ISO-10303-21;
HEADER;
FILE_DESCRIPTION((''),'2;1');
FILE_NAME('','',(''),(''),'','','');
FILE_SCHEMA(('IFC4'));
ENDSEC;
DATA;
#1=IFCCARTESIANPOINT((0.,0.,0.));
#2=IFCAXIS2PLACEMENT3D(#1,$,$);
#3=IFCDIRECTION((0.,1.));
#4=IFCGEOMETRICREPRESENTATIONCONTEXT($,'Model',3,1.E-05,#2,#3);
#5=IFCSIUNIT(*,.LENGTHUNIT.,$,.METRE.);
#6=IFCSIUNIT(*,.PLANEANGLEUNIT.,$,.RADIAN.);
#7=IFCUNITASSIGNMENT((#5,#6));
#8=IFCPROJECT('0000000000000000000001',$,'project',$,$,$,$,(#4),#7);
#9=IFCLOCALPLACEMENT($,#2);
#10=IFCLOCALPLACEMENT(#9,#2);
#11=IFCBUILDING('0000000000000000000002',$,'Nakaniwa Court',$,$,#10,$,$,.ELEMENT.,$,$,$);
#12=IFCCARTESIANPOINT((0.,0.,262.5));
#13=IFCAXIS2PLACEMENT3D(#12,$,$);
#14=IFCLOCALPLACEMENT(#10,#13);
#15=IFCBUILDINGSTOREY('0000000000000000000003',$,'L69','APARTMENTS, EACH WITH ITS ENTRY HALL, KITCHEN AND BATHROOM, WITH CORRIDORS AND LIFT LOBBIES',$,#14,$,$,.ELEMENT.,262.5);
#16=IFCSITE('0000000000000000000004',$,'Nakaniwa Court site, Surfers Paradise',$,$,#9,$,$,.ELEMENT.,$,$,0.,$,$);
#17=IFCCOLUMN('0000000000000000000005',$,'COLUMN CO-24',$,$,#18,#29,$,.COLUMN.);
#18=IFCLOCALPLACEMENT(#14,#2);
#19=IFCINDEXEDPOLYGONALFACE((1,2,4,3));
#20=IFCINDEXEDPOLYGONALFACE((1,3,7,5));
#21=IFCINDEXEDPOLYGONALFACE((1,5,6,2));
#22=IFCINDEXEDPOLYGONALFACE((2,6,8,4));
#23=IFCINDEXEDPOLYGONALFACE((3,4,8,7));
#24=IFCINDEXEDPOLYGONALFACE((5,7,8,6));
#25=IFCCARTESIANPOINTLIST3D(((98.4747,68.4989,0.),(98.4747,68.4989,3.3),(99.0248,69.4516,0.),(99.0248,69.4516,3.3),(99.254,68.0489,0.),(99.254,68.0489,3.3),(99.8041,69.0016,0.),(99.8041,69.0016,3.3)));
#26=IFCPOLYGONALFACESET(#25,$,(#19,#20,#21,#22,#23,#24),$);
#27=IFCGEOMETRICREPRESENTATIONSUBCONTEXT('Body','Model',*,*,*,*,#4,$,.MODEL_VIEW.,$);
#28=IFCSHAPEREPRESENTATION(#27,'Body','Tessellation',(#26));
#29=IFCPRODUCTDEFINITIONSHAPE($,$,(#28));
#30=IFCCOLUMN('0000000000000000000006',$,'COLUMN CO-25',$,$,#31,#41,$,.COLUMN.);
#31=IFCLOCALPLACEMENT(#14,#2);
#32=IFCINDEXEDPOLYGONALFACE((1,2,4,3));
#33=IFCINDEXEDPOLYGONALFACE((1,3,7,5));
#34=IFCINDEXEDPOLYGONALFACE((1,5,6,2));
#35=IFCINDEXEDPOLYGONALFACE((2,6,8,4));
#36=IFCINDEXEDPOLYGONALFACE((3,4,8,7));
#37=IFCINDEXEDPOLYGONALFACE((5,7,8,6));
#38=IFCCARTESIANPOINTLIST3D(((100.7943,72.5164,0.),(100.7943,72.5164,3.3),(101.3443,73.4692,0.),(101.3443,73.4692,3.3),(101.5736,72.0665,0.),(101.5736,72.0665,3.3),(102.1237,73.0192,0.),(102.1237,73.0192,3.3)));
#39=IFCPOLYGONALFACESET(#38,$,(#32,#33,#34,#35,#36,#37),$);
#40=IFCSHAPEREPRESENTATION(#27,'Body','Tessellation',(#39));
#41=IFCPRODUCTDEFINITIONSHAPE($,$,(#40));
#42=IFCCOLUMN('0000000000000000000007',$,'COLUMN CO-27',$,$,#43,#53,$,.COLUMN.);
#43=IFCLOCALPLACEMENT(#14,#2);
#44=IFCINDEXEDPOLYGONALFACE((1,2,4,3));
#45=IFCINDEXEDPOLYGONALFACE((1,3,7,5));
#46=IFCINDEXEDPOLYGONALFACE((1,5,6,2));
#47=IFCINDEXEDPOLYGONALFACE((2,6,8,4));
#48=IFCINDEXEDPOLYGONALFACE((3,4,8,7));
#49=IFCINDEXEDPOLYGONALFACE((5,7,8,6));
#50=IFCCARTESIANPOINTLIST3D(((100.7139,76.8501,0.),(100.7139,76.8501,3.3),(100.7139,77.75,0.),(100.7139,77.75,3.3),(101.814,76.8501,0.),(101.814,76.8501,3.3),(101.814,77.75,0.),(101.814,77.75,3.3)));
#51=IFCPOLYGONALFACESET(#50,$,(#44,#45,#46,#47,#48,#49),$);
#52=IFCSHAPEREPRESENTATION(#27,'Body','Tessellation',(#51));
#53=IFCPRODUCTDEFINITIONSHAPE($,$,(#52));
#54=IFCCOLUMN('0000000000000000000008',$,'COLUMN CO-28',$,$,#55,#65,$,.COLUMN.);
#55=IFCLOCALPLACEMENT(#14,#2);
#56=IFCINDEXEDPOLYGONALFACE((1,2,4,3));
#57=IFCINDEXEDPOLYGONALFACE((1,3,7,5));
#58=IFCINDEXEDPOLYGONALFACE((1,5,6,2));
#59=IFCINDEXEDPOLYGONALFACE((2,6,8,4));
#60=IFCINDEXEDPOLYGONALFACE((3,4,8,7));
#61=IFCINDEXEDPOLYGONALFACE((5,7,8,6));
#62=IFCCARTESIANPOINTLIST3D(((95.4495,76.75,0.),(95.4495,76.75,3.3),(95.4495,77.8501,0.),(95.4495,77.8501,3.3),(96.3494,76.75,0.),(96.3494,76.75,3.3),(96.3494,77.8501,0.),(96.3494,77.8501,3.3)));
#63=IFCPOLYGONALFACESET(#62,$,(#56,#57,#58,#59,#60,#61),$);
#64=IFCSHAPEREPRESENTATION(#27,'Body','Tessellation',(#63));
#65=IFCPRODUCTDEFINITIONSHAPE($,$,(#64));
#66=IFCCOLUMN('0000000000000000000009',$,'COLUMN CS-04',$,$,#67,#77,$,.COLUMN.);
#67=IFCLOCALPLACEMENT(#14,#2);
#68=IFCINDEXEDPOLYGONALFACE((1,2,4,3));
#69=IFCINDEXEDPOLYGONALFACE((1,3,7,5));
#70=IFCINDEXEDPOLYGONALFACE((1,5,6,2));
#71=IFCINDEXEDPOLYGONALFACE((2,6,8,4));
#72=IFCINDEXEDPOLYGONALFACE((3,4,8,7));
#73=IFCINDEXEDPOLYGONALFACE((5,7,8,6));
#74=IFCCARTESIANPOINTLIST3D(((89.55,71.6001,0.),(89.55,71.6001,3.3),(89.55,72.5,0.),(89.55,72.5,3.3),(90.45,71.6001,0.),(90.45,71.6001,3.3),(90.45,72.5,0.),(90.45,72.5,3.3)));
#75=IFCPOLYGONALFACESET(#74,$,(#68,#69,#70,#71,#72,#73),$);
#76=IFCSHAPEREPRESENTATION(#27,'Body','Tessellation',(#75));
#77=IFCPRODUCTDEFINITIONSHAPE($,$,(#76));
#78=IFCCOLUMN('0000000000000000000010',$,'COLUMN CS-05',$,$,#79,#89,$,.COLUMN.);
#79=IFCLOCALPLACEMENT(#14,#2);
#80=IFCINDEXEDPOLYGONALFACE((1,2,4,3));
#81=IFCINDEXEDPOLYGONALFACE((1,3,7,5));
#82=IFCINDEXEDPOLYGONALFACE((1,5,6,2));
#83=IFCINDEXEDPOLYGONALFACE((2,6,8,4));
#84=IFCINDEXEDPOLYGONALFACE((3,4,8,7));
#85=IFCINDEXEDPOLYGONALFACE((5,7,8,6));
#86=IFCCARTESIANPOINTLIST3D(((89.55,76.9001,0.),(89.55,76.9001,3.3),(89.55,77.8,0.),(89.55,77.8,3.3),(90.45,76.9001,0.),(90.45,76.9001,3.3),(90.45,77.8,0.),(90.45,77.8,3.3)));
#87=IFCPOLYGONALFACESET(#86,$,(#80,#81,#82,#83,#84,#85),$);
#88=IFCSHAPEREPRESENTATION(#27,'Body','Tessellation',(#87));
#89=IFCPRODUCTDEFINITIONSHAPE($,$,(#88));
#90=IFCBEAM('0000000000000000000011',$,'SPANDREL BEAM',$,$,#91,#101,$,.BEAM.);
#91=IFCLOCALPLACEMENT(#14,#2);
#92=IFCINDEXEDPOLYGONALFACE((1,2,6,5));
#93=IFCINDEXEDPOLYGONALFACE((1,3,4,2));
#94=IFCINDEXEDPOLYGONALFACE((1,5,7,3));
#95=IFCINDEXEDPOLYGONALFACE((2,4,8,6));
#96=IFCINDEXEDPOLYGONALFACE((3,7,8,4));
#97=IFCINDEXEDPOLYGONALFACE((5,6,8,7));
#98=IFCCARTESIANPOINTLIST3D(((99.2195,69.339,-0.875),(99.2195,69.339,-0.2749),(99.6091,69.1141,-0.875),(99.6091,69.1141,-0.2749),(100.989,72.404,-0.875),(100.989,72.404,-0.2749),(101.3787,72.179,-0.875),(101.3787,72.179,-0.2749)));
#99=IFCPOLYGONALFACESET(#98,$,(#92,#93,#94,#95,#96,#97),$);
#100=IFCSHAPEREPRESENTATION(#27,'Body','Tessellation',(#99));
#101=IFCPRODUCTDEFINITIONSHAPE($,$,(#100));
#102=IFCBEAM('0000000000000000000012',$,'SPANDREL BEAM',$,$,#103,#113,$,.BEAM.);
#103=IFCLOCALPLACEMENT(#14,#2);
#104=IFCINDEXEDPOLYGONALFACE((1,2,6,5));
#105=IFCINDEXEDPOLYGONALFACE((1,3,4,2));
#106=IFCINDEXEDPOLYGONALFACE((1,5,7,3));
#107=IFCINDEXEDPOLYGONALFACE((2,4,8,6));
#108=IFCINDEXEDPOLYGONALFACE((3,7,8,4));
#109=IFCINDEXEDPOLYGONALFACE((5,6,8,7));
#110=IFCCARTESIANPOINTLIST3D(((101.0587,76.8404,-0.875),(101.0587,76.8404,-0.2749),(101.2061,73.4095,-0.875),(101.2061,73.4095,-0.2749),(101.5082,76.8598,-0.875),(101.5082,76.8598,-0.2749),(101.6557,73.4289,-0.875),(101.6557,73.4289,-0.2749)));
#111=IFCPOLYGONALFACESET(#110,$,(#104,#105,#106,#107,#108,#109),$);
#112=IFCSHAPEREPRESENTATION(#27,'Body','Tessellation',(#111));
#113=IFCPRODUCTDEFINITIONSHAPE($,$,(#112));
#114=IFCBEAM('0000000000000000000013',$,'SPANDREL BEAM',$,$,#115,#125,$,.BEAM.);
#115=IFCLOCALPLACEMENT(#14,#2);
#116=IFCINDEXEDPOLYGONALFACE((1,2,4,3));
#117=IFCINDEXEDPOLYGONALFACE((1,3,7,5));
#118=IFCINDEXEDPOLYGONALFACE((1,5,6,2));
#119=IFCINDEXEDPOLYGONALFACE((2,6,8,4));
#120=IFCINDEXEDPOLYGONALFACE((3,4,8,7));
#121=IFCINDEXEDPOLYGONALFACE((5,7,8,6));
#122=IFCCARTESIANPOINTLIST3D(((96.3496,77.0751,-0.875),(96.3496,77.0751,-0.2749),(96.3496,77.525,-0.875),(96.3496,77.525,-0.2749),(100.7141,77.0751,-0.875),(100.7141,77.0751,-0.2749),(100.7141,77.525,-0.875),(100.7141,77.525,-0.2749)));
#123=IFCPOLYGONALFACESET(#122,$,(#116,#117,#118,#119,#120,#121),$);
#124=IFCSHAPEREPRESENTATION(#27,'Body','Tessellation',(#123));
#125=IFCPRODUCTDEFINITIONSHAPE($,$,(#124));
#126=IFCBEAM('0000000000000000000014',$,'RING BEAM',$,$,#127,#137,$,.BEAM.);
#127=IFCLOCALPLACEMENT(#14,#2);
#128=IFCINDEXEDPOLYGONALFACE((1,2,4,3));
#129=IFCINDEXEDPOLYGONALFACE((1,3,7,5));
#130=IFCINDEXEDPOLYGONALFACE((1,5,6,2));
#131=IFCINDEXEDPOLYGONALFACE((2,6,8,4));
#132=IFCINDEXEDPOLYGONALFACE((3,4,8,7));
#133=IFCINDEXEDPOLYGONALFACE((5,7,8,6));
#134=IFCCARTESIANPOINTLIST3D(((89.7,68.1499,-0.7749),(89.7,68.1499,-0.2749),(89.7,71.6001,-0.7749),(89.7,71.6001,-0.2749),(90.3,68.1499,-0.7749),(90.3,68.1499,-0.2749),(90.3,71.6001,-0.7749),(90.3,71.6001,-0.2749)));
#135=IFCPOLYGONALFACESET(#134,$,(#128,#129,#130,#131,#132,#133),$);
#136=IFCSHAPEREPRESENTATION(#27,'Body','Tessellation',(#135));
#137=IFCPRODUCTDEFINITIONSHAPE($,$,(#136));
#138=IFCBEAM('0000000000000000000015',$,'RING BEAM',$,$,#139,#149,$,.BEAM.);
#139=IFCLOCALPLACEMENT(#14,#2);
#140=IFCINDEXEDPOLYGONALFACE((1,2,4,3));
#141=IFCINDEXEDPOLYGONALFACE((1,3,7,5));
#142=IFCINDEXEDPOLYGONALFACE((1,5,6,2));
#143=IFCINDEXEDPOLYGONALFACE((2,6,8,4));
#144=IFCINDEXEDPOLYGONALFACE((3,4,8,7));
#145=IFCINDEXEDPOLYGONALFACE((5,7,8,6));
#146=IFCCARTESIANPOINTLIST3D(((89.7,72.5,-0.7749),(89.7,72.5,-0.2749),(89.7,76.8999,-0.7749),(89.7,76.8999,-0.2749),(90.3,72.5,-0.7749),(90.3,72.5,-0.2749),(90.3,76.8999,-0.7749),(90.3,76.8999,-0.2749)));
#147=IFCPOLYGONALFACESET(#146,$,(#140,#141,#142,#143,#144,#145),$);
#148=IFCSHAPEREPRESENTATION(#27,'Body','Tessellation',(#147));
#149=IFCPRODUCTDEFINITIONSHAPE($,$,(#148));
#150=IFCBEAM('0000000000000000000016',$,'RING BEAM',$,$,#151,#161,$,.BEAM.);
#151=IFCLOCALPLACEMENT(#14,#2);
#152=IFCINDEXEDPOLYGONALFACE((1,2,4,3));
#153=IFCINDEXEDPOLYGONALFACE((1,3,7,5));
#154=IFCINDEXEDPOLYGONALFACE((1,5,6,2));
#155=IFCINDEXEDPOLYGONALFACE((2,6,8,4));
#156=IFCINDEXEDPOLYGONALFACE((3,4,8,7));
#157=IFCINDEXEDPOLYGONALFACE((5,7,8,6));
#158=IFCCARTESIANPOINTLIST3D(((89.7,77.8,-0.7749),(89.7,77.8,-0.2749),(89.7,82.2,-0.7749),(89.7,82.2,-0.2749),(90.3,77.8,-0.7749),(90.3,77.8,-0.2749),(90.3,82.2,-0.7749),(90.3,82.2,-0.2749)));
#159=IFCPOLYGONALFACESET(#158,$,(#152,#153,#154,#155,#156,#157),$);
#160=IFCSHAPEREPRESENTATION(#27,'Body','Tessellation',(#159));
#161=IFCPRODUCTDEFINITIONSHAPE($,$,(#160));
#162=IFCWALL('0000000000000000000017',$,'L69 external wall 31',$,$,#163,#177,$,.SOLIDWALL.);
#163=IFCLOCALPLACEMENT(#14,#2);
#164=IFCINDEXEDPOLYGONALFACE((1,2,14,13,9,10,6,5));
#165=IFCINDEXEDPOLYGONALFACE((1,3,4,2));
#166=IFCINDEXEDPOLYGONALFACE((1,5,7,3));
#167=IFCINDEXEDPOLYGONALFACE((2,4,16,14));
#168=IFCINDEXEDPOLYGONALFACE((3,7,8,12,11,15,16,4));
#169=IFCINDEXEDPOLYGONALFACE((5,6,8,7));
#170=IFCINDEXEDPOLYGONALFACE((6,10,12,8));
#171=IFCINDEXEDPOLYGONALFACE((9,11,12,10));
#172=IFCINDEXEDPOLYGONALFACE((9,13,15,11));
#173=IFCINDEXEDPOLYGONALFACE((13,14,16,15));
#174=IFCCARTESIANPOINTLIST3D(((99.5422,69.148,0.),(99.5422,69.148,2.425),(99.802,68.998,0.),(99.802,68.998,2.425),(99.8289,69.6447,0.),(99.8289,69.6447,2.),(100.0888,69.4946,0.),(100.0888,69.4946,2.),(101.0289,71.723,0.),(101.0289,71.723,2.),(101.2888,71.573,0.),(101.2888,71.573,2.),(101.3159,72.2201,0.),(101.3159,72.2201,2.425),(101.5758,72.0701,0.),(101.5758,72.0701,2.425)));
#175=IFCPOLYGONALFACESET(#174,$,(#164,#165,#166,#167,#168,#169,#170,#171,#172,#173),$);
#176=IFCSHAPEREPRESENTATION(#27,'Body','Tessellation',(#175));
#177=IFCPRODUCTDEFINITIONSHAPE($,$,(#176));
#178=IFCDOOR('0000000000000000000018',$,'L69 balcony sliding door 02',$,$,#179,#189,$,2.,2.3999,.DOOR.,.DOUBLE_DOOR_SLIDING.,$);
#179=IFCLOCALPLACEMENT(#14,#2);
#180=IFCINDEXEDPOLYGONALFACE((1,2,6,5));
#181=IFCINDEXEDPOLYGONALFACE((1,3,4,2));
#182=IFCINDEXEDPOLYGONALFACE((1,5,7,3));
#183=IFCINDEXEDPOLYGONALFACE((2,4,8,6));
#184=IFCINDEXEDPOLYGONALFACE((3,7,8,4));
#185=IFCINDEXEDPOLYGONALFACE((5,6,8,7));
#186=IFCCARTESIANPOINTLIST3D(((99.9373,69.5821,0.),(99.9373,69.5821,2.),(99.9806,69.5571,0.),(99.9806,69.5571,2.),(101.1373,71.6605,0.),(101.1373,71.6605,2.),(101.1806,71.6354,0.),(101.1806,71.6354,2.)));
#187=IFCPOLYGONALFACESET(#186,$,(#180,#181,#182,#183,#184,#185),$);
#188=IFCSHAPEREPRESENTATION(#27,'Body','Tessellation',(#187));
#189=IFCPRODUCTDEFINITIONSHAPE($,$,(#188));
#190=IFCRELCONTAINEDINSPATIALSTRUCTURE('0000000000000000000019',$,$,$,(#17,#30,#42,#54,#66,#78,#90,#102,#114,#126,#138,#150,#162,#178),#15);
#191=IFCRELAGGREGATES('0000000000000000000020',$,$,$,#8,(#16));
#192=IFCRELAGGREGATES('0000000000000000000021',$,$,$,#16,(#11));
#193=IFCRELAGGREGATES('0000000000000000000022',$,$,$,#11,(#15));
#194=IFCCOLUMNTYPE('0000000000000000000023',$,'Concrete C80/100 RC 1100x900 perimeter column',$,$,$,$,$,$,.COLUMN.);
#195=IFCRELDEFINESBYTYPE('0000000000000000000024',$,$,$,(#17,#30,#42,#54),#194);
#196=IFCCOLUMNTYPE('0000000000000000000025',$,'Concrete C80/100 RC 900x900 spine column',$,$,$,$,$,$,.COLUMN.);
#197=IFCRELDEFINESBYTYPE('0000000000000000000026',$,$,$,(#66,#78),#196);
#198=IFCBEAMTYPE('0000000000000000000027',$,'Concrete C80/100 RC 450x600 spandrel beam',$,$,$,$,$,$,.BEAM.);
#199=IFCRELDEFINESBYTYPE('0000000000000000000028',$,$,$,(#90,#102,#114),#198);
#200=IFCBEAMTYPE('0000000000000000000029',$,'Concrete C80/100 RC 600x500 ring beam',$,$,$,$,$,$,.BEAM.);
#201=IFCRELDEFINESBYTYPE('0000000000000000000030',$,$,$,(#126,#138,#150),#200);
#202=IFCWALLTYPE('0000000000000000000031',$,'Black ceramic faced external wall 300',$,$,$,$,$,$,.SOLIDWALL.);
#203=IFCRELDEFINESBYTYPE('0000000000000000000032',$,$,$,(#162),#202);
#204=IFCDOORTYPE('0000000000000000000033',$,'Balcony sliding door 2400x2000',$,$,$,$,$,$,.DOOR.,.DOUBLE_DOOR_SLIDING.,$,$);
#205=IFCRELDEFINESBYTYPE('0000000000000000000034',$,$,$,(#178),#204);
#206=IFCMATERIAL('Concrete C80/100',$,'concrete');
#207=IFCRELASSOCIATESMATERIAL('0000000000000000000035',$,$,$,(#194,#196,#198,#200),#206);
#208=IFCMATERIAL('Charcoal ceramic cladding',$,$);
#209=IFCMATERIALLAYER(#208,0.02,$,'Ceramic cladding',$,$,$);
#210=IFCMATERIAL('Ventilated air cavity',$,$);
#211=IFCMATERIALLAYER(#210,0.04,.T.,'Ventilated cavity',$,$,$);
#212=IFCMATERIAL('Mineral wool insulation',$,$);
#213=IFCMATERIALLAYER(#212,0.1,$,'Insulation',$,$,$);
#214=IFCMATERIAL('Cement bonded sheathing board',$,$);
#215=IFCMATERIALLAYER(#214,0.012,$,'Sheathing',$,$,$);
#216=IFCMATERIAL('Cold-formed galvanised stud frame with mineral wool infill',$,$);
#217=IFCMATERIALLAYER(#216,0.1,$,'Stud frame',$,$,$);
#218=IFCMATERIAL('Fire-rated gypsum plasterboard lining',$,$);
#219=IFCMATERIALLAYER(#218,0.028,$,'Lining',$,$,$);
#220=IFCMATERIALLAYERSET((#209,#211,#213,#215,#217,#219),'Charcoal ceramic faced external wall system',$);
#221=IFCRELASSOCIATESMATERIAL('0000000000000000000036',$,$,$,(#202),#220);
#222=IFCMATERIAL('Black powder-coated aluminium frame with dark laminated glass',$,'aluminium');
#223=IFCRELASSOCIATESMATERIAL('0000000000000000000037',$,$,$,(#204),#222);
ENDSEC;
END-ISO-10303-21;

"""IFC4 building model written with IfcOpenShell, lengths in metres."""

from ifc_helpers import new_model, si_unit, direction, frame, frame_2d, origin, origin_2d, place, context, subcontext, project, spatial, rectangle, extrude, material, layer, layer_set, material_profile, profile_set, type_object, element, fill, save


model = new_model("IFC4")

# Units and contexts
model_context = context("Model", 3, precision=1e-05, world=origin(), true_north=direction((0.0, 1.0)))
body_context = subcontext(model_context, "Body", "Model", "MODEL_VIEW")
ifc_project = project(units=[si_unit("LENGTHUNIT", "METRE"), si_unit("PLANEANGLEUNIT", "RADIAN")], contexts=[model_context])

# Site, building, storey
site_placement = place(None, origin())
site = spatial("IfcSite", under=ifc_project, at=site_placement, Name="Nakaniwa Court site, Surfers Paradise", CompositionType="ELEMENT", RefElevation=0.0)
building_placement = place(site_placement, origin())
building = spatial("IfcBuilding", under=site, at=building_placement, Name="Nakaniwa Court", CompositionType="ELEMENT")
storey_placement = place(building_placement, frame((0.0, 0.0, 262.5)))
storey = spatial("IfcBuildingStorey", under=building, at=storey_placement, Name="L69", Description="APARTMENTS, EACH WITH ITS ENTRY HALL, KITCHEN AND BATHROOM, WITH CORRIDORS AND LIFT LOBBIES", CompositionType="ELEMENT", Elevation=262.5)

# Columns
ifc_material_1 = material(Name="Concrete C80/100", Category="concrete")
ifc_material_profile_1 = material_profile(ifc_material_1, rectangle(XDim=1.1001, YDim=0.8999, at=origin_2d()), Name="Concrete C80/100 RC 1100x900 perimeter column")
ifc_profile_set_1 = profile_set([ifc_material_profile_1], Name="Concrete C80/100")
column_type_1 = type_object("IfcColumnType", Name="Concrete C80/100 RC 1100x900 perimeter column", PredefinedType="COLUMN", material=ifc_profile_set_1)
for number, where, z_axis, x_axis, name in (
    (1, (99.1394, 68.7502, 0.0), (0.0, 0.0, 1.0), (0.5, 0.866025, 0.0), "COLUMN CO-24"),
    (2, (101.459, 72.7678, 0.0), (0.0, 0.0, 1.0), (0.5, 0.866025, 0.0), "COLUMN CO-25"),
    (3, (101.2639, 77.3, 0.0), (0.0, 0.0, 1.0), (-1.0, 0.0, 0.0), "COLUMN CO-27"),
    (4, (95.8994, 77.3, 0.0), (0.0, 0.0, 1.0), (0.0, 1.0, 0.0), "COLUMN CO-28"),
):
    element("IfcColumn", number, at=place(storey_placement, frame(where, z_axis=z_axis, x_axis=x_axis)), inside=storey, type_object=column_type_1, Name=name, PredefinedType="COLUMN", context=body_context, shape_type="SweptSolid", body=[
        extrude(rectangle(XDim=1.1001, YDim=0.8999, at=origin_2d()), origin(), (0.0, 0.0, 1.0), 3.3),
    ])
ifc_material_profile_2 = material_profile(ifc_material_1, rectangle(XDim=0.8999, YDim=0.8999, at=origin_2d()), Name="Concrete C80/100 RC 900x900 spine column")
ifc_profile_set_2 = profile_set([ifc_material_profile_2], Name="Concrete C80/100")
column_type_2 = type_object("IfcColumnType", Name="Concrete C80/100 RC 900x900 spine column", PredefinedType="COLUMN", material=ifc_profile_set_2)
for number, where, z_axis, x_axis, name in (
    (5, (90.0, 72.05, 0.0), (0.0, 0.0, 1.0), (0.0, 1.0, 0.0), "COLUMN CS-04"),
    (6, (90.0, 77.3501, 0.0), (0.0, 0.0, 1.0), (0.0, 1.0, 0.0), "COLUMN CS-05"),
):
    element("IfcColumn", number, at=place(storey_placement, frame(where, z_axis=z_axis, x_axis=x_axis)), inside=storey, type_object=column_type_2, Name=name, PredefinedType="COLUMN", context=body_context, shape_type="SweptSolid", body=[
        extrude(rectangle(XDim=0.8999, YDim=0.8999, at=origin_2d()), origin(), (0.0, 0.0, 1.0), 3.3),
    ])

# Beams
ifc_material_profile_3 = material_profile(ifc_material_1, rectangle(XDim=0.45, YDim=0.6001, at=origin_2d()), Name="Concrete C80/100 RC 450x600 spandrel beam")
ifc_profile_set_3 = profile_set([ifc_material_profile_3], Name="Concrete C80/100")
beam_type_1 = type_object("IfcBeamType", Name="Concrete C80/100 RC 450x600 spandrel beam", PredefinedType="BEAM", material=ifc_profile_set_3)
beam_1_placement = place(storey_placement, frame((99.4143, 69.2266, -0.575), z_axis=(0.499997, 0.866027, 0.0), x_axis=(-0.866027, 0.499997, 0.0)))
element("IfcBeam", 7, at=beam_1_placement, inside=storey, type_object=beam_type_1, Name="SPANDREL BEAM", PredefinedType="BEAM", context=body_context, shape_type="SweptSolid", body=[
    extrude(rectangle(XDim=0.45, YDim=0.6001, at=origin_2d()), origin(), (0.0, 0.0, 1.0), 3.5391),
])
beam_2_placement = place(storey_placement, frame((101.4309, 73.4192, -0.575), z_axis=(-0.042941, 0.999078, 0.0), x_axis=(-0.999078, -0.042941, 0.0)))
element("IfcBeam", 8, at=beam_2_placement, inside=storey, type_object=beam_type_1, Name="SPANDREL BEAM", PredefinedType="BEAM", context=body_context, shape_type="SweptSolid", body=[
    extrude(rectangle(XDim=0.45, YDim=0.6001, at=origin_2d()), origin(), (0.0, 0.0, 1.0), 3.4341),
])
beam_3_placement = place(storey_placement, frame((100.7141, 77.3, -0.575), z_axis=(-1.0, 0.0, 0.0), x_axis=(0.0, -1.0, 0.0)))
element("IfcBeam", 9, at=beam_3_placement, inside=storey, type_object=beam_type_1, Name="SPANDREL BEAM", PredefinedType="BEAM", context=body_context, shape_type="SweptSolid", body=[
    extrude(rectangle(XDim=0.45, YDim=0.6001, at=origin_2d()), origin(), (0.0, 0.0, 1.0), 4.3645),
])
ifc_material_profile_4 = material_profile(ifc_material_1, rectangle(XDim=0.6001, YDim=0.5, at=origin_2d()), Name="Concrete C80/100 RC 600x500 ring beam")
ifc_profile_set_4 = profile_set([ifc_material_profile_4], Name="Concrete C80/100")
beam_type_2 = type_object("IfcBeamType", Name="Concrete C80/100 RC 600x500 ring beam", PredefinedType="BEAM", material=ifc_profile_set_4)
beam_4_placement = place(storey_placement, frame((90.0, 68.1499, -0.5249), z_axis=(0.0, 1.0, 0.0), x_axis=(-1.0, 0.0, 0.0)))
element("IfcBeam", 10, at=beam_4_placement, inside=storey, type_object=beam_type_2, Name="RING BEAM", PredefinedType="BEAM", context=body_context, shape_type="SweptSolid", body=[
    extrude(rectangle(XDim=0.6001, YDim=0.5, at=origin_2d()), origin(), (0.0, 0.0, 1.0), 3.4502),
])
for number, where, z_axis, x_axis, name in (
    (11, (90.0, 72.5, -0.5249), (0.0, 1.0, 0.0), (-1.0, 0.0, 0.0), "RING BEAM"),
    (12, (90.0, 77.8, -0.5249), (0.0, 1.0, 0.0), (-1.0, 0.0, 0.0), "RING BEAM"),
):
    element("IfcBeam", number, at=place(storey_placement, frame(where, z_axis=z_axis, x_axis=x_axis)), inside=storey, type_object=beam_type_2, Name=name, PredefinedType="BEAM", context=body_context, shape_type="SweptSolid", body=[
        extrude(rectangle(XDim=0.6001, YDim=0.5, at=origin_2d()), origin(), (0.0, 0.0, 1.0), 4.3999),
    ])

# Wall, opening, door
ifc_material_2 = material(Name="Charcoal ceramic cladding")
ifc_layer_1 = layer(ifc_material_2, 0.02, Name="Ceramic cladding")
ifc_material_3 = material(Name="Ventilated air cavity")
ifc_layer_2 = layer(ifc_material_3, 0.04, ventilated=True, Name="Ventilated cavity")
ifc_material_4 = material(Name="Mineral wool insulation")
ifc_layer_3 = layer(ifc_material_4, 0.1, Name="Insulation")
ifc_material_5 = material(Name="Cement bonded sheathing board")
ifc_layer_4 = layer(ifc_material_5, 0.012, Name="Sheathing")
ifc_material_6 = material(Name="Cold-formed galvanised stud frame with mineral wool infill")
ifc_layer_5 = layer(ifc_material_6, 0.1, Name="Stud frame")
ifc_material_7 = material(Name="Fire-rated gypsum plasterboard lining")
ifc_layer_6 = layer(ifc_material_7, 0.028, Name="Lining")
ifc_layer_set_1 = layer_set([ifc_layer_1, ifc_layer_2, ifc_layer_3, ifc_layer_4, ifc_layer_5, ifc_layer_6], Name="Charcoal ceramic faced external wall system")
wall_type_1 = type_object("IfcWallType", Name="Black ceramic faced external wall 300", PredefinedType="SOLIDWALL", material=ifc_layer_set_1)
wall_1_placement = place(storey_placement, frame((99.6721, 69.073, 0.0), z_axis=(0.0, 0.0, 1.0), x_axis=(0.50001, 0.866019, 0.0)))
wall_1 = element("IfcWall", 13, at=wall_1_placement, inside=storey, type_object=wall_type_1, Name="L69 external wall 31", PredefinedType="SOLIDWALL", context=body_context, shape_type="SweptSolid", body=[
    extrude(rectangle(XDim=3.5474, YDim=0.3, at=frame_2d((1.7737, 0.0))), origin(), (0.0, 0.0, 1.0), 2.425),
])
opening_1_placement = place(wall_1_placement, frame((0.5735, 0.0, 0.0)))
opening_1 = element("IfcOpeningElement", 14, at=opening_1_placement, cuts=wall_1, PredefinedType="OPENING", context=body_context, shape_type="SweptSolid", body=[
    extrude(rectangle(XDim=2.3999, YDim=2.0, at=frame_2d((1.2, 1.0))), frame((0.0, 0.1599, 0.0), z_axis=(0.0, -1.0, 0.0), x_axis=(1.0, 0.0, 0.0)), (0.0, 0.0, 1.0), 0.3201),
])
ifc_material_8 = material(Name="Black powder-coated aluminium frame with dark laminated glass", Category="aluminium")
door_type_1 = type_object("IfcDoorType", Name="Balcony sliding door 2400x2000", OperationType="DOUBLE_DOOR_SLIDING", PredefinedType="DOOR", material=ifc_material_8)
door_1_placement = place(opening_1_placement, origin())
door_1 = element("IfcDoor", 15, at=door_1_placement, inside=storey, type_object=door_type_1, Name="L69 balcony sliding door 02", OperationType="DOUBLE_DOOR_SLIDING", OverallHeight=2.0, OverallWidth=2.3999, PredefinedType="DOOR", context=body_context, shape_type="SweptSolid", body=[
    extrude(rectangle(XDim=2.3999, YDim=2.0, at=frame_2d((1.2, 1.0))), frame((0.0, 0.0249, 0.0), z_axis=(0.0, -1.0, 0.0), x_axis=(1.0, 0.0, 0.0)), (0.0, 0.0, 1.0), 0.05),
])
fill(opening_1, door_1)

save(model, "model.ifc")
